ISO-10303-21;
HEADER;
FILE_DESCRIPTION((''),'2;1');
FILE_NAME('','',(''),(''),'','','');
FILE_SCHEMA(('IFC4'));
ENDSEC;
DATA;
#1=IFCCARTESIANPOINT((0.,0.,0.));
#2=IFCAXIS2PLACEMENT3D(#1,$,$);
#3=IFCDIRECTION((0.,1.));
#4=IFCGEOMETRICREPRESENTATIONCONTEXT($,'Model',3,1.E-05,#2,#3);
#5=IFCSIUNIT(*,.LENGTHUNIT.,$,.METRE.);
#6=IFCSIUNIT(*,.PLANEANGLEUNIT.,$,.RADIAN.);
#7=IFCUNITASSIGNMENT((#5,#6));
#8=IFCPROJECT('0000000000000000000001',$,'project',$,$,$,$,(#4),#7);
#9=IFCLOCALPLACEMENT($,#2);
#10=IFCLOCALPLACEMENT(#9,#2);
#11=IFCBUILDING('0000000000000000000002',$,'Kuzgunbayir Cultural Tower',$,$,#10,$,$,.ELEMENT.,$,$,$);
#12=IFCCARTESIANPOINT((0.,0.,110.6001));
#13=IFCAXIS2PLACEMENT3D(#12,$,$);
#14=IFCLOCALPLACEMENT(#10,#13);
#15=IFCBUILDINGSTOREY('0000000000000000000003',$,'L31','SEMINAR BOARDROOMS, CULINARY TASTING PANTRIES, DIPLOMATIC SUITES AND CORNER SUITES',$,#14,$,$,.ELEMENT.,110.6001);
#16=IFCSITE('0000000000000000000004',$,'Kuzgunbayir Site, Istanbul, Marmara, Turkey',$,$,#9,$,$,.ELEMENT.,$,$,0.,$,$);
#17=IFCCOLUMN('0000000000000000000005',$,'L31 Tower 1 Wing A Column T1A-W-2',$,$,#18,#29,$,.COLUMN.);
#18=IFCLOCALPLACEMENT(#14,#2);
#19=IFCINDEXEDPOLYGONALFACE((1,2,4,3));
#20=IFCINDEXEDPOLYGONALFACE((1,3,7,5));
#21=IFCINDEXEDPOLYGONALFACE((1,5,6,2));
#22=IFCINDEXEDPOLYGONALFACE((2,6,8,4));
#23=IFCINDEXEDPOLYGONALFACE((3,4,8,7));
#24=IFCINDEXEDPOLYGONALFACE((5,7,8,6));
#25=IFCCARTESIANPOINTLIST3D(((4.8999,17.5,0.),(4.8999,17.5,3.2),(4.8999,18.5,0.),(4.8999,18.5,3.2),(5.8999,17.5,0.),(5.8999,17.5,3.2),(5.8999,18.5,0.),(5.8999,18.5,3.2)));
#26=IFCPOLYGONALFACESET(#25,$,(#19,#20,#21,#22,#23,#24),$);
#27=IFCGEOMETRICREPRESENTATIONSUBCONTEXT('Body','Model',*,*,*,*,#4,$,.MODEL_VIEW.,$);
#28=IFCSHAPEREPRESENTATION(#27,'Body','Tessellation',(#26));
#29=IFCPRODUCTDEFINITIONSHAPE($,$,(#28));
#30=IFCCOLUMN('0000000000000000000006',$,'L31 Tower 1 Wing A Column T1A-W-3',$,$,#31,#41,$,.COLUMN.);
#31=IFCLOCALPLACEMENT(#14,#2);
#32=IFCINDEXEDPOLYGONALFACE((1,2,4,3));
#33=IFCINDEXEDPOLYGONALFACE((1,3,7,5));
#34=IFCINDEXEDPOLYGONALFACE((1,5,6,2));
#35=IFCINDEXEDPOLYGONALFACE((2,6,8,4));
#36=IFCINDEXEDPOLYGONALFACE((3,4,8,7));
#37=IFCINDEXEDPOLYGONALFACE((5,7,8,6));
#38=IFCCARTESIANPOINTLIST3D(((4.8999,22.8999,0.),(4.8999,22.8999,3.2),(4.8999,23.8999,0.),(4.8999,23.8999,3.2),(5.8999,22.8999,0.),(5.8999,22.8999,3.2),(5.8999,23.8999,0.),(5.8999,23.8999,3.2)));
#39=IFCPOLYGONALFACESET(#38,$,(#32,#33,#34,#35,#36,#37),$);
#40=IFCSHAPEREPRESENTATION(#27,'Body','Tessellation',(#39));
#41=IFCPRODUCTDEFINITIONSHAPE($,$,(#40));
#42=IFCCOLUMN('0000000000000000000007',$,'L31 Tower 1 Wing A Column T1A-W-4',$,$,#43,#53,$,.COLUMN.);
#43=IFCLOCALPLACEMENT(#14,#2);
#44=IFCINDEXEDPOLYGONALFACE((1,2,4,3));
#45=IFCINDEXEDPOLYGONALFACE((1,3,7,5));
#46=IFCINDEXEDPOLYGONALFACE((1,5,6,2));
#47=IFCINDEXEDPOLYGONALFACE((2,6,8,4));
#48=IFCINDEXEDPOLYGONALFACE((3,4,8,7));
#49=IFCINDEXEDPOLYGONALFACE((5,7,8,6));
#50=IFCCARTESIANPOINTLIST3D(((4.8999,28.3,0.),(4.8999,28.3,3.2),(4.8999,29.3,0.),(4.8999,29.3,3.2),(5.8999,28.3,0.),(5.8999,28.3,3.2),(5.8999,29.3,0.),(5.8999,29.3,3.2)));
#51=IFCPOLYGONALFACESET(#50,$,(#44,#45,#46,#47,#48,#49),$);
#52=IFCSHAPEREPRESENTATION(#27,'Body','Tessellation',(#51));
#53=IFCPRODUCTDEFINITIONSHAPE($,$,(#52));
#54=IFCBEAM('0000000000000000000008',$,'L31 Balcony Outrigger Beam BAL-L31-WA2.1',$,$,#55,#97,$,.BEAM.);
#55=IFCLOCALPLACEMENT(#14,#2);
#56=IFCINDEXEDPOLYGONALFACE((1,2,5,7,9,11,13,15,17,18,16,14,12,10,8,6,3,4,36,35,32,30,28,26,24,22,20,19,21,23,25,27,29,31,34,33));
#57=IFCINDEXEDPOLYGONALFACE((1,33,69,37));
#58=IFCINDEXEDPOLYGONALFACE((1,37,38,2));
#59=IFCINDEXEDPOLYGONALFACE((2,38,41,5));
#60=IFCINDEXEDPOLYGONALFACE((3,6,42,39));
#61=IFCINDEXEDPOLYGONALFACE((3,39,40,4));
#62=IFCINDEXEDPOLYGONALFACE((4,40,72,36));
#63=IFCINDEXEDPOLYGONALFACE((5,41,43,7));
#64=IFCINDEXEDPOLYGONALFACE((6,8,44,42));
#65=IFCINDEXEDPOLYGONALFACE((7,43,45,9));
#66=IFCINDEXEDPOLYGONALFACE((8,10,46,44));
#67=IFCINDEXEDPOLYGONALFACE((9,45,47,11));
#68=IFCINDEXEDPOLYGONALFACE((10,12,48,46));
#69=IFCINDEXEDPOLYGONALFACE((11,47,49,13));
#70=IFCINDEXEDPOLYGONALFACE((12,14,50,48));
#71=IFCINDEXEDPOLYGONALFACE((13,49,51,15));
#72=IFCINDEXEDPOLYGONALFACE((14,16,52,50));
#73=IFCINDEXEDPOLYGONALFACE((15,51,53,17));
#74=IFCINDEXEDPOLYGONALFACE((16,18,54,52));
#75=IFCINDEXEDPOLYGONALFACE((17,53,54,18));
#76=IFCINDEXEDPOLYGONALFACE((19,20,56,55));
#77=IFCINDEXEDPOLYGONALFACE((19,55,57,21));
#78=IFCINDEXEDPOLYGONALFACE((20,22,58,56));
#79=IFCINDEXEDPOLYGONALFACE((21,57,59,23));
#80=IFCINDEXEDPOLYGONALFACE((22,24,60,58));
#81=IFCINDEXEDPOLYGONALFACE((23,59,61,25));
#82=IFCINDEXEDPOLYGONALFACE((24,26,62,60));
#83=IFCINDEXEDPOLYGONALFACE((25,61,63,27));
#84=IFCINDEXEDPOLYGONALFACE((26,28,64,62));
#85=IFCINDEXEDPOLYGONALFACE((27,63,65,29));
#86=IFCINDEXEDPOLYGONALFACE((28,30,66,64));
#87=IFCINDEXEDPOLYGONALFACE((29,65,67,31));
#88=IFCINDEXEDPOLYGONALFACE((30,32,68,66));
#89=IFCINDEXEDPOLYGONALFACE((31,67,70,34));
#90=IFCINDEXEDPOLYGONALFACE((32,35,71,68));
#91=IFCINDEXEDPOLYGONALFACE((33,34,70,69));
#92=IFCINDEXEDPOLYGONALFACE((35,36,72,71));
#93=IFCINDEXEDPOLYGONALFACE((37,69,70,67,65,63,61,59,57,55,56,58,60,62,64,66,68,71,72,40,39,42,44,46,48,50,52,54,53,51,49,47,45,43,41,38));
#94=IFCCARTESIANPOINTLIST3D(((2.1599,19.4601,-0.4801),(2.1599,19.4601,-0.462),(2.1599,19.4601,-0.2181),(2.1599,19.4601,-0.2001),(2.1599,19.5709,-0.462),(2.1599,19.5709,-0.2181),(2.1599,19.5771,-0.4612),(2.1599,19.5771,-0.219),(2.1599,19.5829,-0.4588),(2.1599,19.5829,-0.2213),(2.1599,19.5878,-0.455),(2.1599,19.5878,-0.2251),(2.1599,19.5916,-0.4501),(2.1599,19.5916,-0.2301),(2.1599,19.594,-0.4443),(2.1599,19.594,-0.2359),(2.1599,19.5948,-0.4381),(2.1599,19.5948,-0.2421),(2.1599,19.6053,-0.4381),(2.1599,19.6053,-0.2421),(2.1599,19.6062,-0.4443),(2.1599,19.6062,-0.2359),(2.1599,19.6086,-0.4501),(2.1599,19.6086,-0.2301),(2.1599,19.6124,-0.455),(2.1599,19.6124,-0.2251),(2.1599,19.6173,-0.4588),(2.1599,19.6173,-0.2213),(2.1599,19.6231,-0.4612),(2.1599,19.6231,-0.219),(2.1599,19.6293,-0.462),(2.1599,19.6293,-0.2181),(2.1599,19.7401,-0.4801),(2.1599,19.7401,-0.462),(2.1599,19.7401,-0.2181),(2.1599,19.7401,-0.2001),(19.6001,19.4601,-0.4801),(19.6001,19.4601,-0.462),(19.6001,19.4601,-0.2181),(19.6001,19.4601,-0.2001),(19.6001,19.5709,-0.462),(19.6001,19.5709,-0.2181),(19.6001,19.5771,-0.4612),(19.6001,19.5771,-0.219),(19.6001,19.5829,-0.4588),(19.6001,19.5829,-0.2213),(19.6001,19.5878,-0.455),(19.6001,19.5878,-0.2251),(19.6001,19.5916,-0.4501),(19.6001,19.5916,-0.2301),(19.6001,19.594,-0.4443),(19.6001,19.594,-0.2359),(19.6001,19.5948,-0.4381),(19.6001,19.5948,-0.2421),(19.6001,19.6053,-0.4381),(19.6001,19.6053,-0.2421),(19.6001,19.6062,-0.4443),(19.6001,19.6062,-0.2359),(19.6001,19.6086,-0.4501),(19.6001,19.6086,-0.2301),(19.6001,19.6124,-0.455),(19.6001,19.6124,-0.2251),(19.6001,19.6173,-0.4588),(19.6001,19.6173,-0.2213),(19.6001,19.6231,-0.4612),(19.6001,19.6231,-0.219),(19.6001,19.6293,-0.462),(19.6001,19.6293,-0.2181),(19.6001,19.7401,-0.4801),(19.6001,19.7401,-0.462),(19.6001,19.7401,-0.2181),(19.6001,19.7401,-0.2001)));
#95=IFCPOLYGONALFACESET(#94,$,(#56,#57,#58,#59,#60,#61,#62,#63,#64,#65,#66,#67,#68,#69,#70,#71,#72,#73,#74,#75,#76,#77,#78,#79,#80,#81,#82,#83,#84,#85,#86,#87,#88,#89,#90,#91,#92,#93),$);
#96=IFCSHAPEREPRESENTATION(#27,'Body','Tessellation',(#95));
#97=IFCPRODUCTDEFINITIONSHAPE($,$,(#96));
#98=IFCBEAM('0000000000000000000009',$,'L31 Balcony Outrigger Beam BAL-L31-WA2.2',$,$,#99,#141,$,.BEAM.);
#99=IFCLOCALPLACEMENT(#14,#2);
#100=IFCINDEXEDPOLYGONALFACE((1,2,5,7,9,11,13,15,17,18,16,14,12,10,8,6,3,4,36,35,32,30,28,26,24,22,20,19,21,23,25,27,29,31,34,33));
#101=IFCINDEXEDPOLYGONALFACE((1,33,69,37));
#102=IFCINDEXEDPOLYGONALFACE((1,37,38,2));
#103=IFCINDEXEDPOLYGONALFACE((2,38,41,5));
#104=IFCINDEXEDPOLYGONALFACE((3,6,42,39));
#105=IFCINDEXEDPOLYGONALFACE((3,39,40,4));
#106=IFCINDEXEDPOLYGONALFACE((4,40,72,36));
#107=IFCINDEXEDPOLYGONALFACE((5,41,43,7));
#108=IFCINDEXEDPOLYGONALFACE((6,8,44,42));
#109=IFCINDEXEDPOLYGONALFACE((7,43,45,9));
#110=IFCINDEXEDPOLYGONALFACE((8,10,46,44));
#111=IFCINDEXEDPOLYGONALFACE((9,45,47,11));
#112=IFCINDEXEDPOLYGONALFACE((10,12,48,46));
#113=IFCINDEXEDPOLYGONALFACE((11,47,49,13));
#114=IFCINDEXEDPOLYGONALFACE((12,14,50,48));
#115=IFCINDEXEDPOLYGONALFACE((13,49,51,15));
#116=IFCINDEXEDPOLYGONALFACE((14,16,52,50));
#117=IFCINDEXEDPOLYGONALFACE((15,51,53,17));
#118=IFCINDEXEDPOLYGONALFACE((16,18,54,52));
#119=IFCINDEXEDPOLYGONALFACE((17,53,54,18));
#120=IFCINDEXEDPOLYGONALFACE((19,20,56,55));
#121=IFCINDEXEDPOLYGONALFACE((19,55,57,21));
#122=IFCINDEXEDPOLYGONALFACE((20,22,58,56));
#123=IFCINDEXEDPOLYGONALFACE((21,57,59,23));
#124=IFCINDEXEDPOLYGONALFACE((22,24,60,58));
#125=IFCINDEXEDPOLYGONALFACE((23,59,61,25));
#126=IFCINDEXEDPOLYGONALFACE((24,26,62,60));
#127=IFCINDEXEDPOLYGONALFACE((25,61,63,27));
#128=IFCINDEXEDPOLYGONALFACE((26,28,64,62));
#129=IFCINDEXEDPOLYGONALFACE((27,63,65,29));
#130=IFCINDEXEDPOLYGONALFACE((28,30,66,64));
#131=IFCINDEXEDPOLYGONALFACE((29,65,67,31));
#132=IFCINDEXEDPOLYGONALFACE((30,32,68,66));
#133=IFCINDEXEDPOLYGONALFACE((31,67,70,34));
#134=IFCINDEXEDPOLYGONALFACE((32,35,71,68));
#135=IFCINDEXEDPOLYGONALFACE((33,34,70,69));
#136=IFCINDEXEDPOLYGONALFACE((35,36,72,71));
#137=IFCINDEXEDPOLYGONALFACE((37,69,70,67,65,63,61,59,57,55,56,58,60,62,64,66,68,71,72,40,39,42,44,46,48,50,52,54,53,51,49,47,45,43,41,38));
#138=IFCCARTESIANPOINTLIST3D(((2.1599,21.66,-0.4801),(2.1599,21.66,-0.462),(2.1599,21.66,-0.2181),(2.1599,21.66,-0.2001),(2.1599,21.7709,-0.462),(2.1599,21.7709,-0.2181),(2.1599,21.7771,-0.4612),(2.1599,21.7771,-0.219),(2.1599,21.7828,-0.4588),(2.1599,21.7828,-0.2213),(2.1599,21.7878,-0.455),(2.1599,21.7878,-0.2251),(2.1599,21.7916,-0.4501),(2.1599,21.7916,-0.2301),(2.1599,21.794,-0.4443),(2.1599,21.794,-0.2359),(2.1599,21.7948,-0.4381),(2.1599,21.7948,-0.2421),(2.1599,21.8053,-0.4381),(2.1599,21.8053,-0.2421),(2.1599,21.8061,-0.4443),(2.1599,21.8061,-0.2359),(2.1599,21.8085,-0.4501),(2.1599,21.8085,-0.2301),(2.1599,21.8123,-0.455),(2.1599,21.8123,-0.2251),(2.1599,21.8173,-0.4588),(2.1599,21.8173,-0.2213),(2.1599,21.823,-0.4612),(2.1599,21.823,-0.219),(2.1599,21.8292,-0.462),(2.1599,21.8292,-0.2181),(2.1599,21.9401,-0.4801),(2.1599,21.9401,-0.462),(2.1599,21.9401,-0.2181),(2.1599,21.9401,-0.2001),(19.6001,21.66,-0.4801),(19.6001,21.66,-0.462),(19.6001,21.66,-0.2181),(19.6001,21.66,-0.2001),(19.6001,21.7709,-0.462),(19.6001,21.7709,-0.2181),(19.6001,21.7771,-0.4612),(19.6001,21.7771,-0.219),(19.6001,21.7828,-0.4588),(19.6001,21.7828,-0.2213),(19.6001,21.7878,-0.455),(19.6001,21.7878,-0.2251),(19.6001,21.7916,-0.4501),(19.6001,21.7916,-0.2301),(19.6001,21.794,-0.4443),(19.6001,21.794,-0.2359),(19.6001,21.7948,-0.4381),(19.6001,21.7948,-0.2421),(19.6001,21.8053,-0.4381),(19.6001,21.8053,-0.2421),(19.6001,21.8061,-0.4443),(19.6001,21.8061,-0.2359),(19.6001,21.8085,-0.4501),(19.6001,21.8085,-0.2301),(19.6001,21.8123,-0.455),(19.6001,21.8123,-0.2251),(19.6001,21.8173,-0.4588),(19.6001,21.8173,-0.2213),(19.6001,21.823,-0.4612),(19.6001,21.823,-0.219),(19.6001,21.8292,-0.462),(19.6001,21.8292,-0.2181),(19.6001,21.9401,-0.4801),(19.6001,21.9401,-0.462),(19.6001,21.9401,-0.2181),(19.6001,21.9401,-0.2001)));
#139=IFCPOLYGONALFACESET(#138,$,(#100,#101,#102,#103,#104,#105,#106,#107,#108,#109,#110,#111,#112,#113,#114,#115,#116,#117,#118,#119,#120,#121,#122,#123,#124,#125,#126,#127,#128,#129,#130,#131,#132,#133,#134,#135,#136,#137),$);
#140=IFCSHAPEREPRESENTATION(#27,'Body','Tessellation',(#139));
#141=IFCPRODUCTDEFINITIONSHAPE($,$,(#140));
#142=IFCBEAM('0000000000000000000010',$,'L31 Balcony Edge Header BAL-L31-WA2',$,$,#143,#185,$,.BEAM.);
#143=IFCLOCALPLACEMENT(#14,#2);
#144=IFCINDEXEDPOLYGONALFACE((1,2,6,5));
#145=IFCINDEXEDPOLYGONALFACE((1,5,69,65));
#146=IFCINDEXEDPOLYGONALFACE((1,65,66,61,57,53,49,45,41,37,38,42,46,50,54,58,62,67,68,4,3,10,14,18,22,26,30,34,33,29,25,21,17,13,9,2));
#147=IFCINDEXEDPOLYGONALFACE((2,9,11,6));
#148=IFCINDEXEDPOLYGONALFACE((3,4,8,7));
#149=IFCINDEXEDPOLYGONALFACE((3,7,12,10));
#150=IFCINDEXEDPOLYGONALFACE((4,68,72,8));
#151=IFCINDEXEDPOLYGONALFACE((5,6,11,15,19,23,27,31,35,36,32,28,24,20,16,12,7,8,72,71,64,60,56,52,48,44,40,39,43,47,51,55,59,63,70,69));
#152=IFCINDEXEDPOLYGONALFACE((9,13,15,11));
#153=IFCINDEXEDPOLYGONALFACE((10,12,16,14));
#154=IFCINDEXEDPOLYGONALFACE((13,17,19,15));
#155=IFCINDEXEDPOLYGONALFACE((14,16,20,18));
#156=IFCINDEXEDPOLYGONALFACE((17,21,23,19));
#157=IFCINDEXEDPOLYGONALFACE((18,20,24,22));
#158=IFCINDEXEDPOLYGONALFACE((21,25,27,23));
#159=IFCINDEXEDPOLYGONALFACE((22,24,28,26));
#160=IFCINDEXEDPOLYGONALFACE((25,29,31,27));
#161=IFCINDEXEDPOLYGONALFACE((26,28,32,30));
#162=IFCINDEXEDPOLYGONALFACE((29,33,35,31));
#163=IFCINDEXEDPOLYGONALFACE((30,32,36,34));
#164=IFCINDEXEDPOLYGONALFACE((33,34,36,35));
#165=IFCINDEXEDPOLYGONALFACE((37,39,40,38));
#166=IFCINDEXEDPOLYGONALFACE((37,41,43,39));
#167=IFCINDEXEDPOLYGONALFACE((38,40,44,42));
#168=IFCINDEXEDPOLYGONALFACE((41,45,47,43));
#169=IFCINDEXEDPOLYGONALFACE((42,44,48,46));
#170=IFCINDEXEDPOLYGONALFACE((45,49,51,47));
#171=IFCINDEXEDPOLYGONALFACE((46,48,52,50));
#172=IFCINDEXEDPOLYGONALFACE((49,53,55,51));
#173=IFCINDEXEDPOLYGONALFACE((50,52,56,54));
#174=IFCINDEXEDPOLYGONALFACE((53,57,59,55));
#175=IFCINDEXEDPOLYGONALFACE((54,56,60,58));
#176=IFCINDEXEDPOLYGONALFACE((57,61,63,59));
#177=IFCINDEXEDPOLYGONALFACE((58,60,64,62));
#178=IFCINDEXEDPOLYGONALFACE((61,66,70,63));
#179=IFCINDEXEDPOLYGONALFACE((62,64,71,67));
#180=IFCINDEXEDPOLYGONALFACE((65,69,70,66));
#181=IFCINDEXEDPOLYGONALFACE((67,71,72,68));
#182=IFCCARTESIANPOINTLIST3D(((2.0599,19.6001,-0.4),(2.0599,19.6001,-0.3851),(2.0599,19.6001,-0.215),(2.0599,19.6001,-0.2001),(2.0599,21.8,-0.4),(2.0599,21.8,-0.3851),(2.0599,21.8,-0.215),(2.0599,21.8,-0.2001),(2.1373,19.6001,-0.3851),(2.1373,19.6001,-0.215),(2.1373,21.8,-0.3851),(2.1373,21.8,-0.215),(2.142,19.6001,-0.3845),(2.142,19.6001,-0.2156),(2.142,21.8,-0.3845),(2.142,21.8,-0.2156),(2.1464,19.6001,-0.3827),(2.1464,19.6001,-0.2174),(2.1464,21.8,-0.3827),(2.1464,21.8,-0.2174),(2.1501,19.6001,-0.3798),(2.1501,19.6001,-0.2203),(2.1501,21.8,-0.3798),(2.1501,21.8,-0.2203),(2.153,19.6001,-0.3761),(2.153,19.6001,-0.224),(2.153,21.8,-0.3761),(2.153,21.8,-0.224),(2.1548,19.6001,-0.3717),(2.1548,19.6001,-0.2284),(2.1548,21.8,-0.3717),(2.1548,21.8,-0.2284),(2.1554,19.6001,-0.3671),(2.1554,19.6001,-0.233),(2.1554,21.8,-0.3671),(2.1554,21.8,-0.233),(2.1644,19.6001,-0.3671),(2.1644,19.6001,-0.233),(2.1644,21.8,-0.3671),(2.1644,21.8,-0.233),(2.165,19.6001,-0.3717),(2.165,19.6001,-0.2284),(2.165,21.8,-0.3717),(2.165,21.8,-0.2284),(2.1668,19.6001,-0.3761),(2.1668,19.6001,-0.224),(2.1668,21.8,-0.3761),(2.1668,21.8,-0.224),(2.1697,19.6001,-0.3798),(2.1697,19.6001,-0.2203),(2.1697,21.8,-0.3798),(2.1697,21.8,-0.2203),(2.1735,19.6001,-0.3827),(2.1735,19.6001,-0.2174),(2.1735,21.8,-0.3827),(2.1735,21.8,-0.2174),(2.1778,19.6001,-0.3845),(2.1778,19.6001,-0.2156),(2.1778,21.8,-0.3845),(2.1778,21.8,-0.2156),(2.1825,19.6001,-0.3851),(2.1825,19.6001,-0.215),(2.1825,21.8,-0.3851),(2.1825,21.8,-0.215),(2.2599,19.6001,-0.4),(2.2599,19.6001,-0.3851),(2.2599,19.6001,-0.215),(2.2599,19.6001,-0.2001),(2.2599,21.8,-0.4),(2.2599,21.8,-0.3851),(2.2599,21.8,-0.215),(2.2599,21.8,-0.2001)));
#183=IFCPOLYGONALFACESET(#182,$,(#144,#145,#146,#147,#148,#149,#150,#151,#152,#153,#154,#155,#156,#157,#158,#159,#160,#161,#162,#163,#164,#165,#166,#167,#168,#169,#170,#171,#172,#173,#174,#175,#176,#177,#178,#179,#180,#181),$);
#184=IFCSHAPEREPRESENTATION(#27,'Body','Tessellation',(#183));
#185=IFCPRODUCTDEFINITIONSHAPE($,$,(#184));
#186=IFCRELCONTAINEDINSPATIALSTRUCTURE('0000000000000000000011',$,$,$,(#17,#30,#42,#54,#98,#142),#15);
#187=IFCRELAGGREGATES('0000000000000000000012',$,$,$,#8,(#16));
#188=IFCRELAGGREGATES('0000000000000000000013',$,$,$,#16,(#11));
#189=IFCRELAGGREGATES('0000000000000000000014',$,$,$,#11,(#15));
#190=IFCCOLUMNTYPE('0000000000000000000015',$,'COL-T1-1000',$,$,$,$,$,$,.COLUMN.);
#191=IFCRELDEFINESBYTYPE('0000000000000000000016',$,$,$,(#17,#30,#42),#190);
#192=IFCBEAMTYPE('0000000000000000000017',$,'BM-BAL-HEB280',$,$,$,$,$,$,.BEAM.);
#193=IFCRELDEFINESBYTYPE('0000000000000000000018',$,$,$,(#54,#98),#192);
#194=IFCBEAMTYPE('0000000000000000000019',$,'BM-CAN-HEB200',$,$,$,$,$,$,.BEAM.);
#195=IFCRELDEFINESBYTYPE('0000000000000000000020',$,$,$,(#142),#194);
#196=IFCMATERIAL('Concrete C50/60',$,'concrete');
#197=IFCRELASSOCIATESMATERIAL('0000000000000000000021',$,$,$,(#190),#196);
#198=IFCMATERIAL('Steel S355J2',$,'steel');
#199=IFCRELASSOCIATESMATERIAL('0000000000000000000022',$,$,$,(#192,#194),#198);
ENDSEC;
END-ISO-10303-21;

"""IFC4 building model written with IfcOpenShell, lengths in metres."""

from ifc_helpers import new_model, si_unit, direction, frame, origin, origin_2d, place, context, subcontext, project, spatial, rectangle, i_section, extrude, material, material_profile, profile_set, type_object, element, save


model = new_model("IFC4")

# Units and contexts
model_context = context("Model", 3, precision=1e-05, world=origin(), true_north=direction((0.0, 1.0)))
body_context = subcontext(model_context, "Body", "Model", "MODEL_VIEW")
ifc_project = project(units=[si_unit("LENGTHUNIT", "METRE"), si_unit("PLANEANGLEUNIT", "RADIAN")], contexts=[model_context])

# Site, building, storey
site_placement = place(None, origin())
site = spatial("IfcSite", under=ifc_project, at=site_placement, Name="Kuzgunbayir Site, Istanbul, Marmara, Turkey", CompositionType="ELEMENT", RefElevation=0.0)
building_placement = place(site_placement, origin())
building = spatial("IfcBuilding", under=site, at=building_placement, Name="Kuzgunbayir Cultural Tower", CompositionType="ELEMENT")
storey_placement = place(building_placement, frame((0.0, 0.0, 110.6001)))
storey = spatial("IfcBuildingStorey", under=building, at=storey_placement, Name="L31", Description="SEMINAR BOARDROOMS, CULINARY TASTING PANTRIES, DIPLOMATIC SUITES AND CORNER SUITES", CompositionType="ELEMENT", Elevation=110.6001)

# Columns
ifc_material_1 = material(Name="Concrete C50/60", Category="concrete")
ifc_material_profile_1 = material_profile(ifc_material_1, rectangle(XDim=1.0, YDim=1.0, at=origin_2d()), Name="RC 1000x1000")
ifc_profile_set_1 = profile_set([ifc_material_profile_1], Name="Concrete C50/60")
column_type = type_object("IfcColumnType", Name="COL-T1-1000", PredefinedType="COLUMN", material=ifc_profile_set_1)
for number, where, z_axis, x_axis, name in (
    (1, (5.3999, 18.0, 0.0), (0.0, 0.0, 1.0), (1.0, 0.0, 0.0), "L31 Tower 1 Wing A Column T1A-W-2"),
    (2, (5.3999, 23.3999, 0.0), (0.0, 0.0, 1.0), (1.0, 0.0, 0.0), "L31 Tower 1 Wing A Column T1A-W-3"),
    (3, (5.3999, 28.8, 0.0), (0.0, 0.0, 1.0), (1.0, 0.0, 0.0), "L31 Tower 1 Wing A Column T1A-W-4"),
):
    element("IfcColumn", number, at=place(storey_placement, frame(where, z_axis=z_axis, x_axis=x_axis)), inside=storey, type_object=column_type, Name=name, PredefinedType="COLUMN", context=body_context, shape_type="SweptSolid", body=[
        extrude(rectangle(XDim=1.0, YDim=1.0, at=origin_2d()), origin(), (0.0, 0.0, 1.0), 3.2),
    ])

# Beams
ifc_material_2 = material(Name="Steel S355J2", Category="steel")
ifc_material_profile_2 = material_profile(ifc_material_2, i_section(OverallWidth=0.28, OverallDepth=0.28, WebThickness=0.0105, FlangeThickness=0.0181, FilletRadius=0.0239, at=origin_2d()), Name="HEB 280")
ifc_profile_set_2 = profile_set([ifc_material_profile_2], Name="Steel S355J2")
beam_type_1 = type_object("IfcBeamType", Name="BM-BAL-HEB280", PredefinedType="BEAM", material=ifc_profile_set_2)
for number, where, z_axis, x_axis, name in (
    (4, (2.1599, 19.6001, -0.3401), (1.0, 0.0, 0.0), (0.0, 1.0, 0.0), "L31 Balcony Outrigger Beam BAL-L31-WA2.1"),
    (5, (2.1599, 21.8, -0.3401), (1.0, 0.0, 0.0), (0.0, 1.0, 0.0), "L31 Balcony Outrigger Beam BAL-L31-WA2.2"),
):
    element("IfcBeam", number, at=place(storey_placement, frame(where, z_axis=z_axis, x_axis=x_axis)), inside=storey, type_object=beam_type_1, Name=name, PredefinedType="BEAM", context=body_context, shape_type="SweptSolid", body=[
        extrude(i_section(OverallWidth=0.28, OverallDepth=0.28, WebThickness=0.0105, FlangeThickness=0.0181, FilletRadius=0.0239, at=origin_2d()), origin(), (0.0, 0.0, 1.0), 17.4402),
    ])
ifc_material_profile_3 = material_profile(ifc_material_2, i_section(OverallWidth=0.2, OverallDepth=0.2, WebThickness=0.009, FlangeThickness=0.0149, FilletRadius=0.0181, at=origin_2d()), Name="HEB 200")
ifc_profile_set_3 = profile_set([ifc_material_profile_3], Name="Steel S355J2")
beam_type_2 = type_object("IfcBeamType", Name="BM-CAN-HEB200", PredefinedType="BEAM", material=ifc_profile_set_3)
beam_1_placement = place(storey_placement, frame((2.1599, 19.6001, -0.3), z_axis=(0.0, 1.0, 0.0), x_axis=(-1.0, 0.0, 0.0)))
element("IfcBeam", 6, at=beam_1_placement, inside=storey, type_object=beam_type_2, Name="L31 Balcony Edge Header BAL-L31-WA2", PredefinedType="BEAM", context=body_context, shape_type="SweptSolid", body=[
    extrude(i_section(OverallWidth=0.2, OverallDepth=0.2, WebThickness=0.009, FlangeThickness=0.0149, FilletRadius=0.0181, at=origin_2d()), origin(), (0.0, 0.0, 1.0), 2.2),
])

save(model, "model.ifc")
